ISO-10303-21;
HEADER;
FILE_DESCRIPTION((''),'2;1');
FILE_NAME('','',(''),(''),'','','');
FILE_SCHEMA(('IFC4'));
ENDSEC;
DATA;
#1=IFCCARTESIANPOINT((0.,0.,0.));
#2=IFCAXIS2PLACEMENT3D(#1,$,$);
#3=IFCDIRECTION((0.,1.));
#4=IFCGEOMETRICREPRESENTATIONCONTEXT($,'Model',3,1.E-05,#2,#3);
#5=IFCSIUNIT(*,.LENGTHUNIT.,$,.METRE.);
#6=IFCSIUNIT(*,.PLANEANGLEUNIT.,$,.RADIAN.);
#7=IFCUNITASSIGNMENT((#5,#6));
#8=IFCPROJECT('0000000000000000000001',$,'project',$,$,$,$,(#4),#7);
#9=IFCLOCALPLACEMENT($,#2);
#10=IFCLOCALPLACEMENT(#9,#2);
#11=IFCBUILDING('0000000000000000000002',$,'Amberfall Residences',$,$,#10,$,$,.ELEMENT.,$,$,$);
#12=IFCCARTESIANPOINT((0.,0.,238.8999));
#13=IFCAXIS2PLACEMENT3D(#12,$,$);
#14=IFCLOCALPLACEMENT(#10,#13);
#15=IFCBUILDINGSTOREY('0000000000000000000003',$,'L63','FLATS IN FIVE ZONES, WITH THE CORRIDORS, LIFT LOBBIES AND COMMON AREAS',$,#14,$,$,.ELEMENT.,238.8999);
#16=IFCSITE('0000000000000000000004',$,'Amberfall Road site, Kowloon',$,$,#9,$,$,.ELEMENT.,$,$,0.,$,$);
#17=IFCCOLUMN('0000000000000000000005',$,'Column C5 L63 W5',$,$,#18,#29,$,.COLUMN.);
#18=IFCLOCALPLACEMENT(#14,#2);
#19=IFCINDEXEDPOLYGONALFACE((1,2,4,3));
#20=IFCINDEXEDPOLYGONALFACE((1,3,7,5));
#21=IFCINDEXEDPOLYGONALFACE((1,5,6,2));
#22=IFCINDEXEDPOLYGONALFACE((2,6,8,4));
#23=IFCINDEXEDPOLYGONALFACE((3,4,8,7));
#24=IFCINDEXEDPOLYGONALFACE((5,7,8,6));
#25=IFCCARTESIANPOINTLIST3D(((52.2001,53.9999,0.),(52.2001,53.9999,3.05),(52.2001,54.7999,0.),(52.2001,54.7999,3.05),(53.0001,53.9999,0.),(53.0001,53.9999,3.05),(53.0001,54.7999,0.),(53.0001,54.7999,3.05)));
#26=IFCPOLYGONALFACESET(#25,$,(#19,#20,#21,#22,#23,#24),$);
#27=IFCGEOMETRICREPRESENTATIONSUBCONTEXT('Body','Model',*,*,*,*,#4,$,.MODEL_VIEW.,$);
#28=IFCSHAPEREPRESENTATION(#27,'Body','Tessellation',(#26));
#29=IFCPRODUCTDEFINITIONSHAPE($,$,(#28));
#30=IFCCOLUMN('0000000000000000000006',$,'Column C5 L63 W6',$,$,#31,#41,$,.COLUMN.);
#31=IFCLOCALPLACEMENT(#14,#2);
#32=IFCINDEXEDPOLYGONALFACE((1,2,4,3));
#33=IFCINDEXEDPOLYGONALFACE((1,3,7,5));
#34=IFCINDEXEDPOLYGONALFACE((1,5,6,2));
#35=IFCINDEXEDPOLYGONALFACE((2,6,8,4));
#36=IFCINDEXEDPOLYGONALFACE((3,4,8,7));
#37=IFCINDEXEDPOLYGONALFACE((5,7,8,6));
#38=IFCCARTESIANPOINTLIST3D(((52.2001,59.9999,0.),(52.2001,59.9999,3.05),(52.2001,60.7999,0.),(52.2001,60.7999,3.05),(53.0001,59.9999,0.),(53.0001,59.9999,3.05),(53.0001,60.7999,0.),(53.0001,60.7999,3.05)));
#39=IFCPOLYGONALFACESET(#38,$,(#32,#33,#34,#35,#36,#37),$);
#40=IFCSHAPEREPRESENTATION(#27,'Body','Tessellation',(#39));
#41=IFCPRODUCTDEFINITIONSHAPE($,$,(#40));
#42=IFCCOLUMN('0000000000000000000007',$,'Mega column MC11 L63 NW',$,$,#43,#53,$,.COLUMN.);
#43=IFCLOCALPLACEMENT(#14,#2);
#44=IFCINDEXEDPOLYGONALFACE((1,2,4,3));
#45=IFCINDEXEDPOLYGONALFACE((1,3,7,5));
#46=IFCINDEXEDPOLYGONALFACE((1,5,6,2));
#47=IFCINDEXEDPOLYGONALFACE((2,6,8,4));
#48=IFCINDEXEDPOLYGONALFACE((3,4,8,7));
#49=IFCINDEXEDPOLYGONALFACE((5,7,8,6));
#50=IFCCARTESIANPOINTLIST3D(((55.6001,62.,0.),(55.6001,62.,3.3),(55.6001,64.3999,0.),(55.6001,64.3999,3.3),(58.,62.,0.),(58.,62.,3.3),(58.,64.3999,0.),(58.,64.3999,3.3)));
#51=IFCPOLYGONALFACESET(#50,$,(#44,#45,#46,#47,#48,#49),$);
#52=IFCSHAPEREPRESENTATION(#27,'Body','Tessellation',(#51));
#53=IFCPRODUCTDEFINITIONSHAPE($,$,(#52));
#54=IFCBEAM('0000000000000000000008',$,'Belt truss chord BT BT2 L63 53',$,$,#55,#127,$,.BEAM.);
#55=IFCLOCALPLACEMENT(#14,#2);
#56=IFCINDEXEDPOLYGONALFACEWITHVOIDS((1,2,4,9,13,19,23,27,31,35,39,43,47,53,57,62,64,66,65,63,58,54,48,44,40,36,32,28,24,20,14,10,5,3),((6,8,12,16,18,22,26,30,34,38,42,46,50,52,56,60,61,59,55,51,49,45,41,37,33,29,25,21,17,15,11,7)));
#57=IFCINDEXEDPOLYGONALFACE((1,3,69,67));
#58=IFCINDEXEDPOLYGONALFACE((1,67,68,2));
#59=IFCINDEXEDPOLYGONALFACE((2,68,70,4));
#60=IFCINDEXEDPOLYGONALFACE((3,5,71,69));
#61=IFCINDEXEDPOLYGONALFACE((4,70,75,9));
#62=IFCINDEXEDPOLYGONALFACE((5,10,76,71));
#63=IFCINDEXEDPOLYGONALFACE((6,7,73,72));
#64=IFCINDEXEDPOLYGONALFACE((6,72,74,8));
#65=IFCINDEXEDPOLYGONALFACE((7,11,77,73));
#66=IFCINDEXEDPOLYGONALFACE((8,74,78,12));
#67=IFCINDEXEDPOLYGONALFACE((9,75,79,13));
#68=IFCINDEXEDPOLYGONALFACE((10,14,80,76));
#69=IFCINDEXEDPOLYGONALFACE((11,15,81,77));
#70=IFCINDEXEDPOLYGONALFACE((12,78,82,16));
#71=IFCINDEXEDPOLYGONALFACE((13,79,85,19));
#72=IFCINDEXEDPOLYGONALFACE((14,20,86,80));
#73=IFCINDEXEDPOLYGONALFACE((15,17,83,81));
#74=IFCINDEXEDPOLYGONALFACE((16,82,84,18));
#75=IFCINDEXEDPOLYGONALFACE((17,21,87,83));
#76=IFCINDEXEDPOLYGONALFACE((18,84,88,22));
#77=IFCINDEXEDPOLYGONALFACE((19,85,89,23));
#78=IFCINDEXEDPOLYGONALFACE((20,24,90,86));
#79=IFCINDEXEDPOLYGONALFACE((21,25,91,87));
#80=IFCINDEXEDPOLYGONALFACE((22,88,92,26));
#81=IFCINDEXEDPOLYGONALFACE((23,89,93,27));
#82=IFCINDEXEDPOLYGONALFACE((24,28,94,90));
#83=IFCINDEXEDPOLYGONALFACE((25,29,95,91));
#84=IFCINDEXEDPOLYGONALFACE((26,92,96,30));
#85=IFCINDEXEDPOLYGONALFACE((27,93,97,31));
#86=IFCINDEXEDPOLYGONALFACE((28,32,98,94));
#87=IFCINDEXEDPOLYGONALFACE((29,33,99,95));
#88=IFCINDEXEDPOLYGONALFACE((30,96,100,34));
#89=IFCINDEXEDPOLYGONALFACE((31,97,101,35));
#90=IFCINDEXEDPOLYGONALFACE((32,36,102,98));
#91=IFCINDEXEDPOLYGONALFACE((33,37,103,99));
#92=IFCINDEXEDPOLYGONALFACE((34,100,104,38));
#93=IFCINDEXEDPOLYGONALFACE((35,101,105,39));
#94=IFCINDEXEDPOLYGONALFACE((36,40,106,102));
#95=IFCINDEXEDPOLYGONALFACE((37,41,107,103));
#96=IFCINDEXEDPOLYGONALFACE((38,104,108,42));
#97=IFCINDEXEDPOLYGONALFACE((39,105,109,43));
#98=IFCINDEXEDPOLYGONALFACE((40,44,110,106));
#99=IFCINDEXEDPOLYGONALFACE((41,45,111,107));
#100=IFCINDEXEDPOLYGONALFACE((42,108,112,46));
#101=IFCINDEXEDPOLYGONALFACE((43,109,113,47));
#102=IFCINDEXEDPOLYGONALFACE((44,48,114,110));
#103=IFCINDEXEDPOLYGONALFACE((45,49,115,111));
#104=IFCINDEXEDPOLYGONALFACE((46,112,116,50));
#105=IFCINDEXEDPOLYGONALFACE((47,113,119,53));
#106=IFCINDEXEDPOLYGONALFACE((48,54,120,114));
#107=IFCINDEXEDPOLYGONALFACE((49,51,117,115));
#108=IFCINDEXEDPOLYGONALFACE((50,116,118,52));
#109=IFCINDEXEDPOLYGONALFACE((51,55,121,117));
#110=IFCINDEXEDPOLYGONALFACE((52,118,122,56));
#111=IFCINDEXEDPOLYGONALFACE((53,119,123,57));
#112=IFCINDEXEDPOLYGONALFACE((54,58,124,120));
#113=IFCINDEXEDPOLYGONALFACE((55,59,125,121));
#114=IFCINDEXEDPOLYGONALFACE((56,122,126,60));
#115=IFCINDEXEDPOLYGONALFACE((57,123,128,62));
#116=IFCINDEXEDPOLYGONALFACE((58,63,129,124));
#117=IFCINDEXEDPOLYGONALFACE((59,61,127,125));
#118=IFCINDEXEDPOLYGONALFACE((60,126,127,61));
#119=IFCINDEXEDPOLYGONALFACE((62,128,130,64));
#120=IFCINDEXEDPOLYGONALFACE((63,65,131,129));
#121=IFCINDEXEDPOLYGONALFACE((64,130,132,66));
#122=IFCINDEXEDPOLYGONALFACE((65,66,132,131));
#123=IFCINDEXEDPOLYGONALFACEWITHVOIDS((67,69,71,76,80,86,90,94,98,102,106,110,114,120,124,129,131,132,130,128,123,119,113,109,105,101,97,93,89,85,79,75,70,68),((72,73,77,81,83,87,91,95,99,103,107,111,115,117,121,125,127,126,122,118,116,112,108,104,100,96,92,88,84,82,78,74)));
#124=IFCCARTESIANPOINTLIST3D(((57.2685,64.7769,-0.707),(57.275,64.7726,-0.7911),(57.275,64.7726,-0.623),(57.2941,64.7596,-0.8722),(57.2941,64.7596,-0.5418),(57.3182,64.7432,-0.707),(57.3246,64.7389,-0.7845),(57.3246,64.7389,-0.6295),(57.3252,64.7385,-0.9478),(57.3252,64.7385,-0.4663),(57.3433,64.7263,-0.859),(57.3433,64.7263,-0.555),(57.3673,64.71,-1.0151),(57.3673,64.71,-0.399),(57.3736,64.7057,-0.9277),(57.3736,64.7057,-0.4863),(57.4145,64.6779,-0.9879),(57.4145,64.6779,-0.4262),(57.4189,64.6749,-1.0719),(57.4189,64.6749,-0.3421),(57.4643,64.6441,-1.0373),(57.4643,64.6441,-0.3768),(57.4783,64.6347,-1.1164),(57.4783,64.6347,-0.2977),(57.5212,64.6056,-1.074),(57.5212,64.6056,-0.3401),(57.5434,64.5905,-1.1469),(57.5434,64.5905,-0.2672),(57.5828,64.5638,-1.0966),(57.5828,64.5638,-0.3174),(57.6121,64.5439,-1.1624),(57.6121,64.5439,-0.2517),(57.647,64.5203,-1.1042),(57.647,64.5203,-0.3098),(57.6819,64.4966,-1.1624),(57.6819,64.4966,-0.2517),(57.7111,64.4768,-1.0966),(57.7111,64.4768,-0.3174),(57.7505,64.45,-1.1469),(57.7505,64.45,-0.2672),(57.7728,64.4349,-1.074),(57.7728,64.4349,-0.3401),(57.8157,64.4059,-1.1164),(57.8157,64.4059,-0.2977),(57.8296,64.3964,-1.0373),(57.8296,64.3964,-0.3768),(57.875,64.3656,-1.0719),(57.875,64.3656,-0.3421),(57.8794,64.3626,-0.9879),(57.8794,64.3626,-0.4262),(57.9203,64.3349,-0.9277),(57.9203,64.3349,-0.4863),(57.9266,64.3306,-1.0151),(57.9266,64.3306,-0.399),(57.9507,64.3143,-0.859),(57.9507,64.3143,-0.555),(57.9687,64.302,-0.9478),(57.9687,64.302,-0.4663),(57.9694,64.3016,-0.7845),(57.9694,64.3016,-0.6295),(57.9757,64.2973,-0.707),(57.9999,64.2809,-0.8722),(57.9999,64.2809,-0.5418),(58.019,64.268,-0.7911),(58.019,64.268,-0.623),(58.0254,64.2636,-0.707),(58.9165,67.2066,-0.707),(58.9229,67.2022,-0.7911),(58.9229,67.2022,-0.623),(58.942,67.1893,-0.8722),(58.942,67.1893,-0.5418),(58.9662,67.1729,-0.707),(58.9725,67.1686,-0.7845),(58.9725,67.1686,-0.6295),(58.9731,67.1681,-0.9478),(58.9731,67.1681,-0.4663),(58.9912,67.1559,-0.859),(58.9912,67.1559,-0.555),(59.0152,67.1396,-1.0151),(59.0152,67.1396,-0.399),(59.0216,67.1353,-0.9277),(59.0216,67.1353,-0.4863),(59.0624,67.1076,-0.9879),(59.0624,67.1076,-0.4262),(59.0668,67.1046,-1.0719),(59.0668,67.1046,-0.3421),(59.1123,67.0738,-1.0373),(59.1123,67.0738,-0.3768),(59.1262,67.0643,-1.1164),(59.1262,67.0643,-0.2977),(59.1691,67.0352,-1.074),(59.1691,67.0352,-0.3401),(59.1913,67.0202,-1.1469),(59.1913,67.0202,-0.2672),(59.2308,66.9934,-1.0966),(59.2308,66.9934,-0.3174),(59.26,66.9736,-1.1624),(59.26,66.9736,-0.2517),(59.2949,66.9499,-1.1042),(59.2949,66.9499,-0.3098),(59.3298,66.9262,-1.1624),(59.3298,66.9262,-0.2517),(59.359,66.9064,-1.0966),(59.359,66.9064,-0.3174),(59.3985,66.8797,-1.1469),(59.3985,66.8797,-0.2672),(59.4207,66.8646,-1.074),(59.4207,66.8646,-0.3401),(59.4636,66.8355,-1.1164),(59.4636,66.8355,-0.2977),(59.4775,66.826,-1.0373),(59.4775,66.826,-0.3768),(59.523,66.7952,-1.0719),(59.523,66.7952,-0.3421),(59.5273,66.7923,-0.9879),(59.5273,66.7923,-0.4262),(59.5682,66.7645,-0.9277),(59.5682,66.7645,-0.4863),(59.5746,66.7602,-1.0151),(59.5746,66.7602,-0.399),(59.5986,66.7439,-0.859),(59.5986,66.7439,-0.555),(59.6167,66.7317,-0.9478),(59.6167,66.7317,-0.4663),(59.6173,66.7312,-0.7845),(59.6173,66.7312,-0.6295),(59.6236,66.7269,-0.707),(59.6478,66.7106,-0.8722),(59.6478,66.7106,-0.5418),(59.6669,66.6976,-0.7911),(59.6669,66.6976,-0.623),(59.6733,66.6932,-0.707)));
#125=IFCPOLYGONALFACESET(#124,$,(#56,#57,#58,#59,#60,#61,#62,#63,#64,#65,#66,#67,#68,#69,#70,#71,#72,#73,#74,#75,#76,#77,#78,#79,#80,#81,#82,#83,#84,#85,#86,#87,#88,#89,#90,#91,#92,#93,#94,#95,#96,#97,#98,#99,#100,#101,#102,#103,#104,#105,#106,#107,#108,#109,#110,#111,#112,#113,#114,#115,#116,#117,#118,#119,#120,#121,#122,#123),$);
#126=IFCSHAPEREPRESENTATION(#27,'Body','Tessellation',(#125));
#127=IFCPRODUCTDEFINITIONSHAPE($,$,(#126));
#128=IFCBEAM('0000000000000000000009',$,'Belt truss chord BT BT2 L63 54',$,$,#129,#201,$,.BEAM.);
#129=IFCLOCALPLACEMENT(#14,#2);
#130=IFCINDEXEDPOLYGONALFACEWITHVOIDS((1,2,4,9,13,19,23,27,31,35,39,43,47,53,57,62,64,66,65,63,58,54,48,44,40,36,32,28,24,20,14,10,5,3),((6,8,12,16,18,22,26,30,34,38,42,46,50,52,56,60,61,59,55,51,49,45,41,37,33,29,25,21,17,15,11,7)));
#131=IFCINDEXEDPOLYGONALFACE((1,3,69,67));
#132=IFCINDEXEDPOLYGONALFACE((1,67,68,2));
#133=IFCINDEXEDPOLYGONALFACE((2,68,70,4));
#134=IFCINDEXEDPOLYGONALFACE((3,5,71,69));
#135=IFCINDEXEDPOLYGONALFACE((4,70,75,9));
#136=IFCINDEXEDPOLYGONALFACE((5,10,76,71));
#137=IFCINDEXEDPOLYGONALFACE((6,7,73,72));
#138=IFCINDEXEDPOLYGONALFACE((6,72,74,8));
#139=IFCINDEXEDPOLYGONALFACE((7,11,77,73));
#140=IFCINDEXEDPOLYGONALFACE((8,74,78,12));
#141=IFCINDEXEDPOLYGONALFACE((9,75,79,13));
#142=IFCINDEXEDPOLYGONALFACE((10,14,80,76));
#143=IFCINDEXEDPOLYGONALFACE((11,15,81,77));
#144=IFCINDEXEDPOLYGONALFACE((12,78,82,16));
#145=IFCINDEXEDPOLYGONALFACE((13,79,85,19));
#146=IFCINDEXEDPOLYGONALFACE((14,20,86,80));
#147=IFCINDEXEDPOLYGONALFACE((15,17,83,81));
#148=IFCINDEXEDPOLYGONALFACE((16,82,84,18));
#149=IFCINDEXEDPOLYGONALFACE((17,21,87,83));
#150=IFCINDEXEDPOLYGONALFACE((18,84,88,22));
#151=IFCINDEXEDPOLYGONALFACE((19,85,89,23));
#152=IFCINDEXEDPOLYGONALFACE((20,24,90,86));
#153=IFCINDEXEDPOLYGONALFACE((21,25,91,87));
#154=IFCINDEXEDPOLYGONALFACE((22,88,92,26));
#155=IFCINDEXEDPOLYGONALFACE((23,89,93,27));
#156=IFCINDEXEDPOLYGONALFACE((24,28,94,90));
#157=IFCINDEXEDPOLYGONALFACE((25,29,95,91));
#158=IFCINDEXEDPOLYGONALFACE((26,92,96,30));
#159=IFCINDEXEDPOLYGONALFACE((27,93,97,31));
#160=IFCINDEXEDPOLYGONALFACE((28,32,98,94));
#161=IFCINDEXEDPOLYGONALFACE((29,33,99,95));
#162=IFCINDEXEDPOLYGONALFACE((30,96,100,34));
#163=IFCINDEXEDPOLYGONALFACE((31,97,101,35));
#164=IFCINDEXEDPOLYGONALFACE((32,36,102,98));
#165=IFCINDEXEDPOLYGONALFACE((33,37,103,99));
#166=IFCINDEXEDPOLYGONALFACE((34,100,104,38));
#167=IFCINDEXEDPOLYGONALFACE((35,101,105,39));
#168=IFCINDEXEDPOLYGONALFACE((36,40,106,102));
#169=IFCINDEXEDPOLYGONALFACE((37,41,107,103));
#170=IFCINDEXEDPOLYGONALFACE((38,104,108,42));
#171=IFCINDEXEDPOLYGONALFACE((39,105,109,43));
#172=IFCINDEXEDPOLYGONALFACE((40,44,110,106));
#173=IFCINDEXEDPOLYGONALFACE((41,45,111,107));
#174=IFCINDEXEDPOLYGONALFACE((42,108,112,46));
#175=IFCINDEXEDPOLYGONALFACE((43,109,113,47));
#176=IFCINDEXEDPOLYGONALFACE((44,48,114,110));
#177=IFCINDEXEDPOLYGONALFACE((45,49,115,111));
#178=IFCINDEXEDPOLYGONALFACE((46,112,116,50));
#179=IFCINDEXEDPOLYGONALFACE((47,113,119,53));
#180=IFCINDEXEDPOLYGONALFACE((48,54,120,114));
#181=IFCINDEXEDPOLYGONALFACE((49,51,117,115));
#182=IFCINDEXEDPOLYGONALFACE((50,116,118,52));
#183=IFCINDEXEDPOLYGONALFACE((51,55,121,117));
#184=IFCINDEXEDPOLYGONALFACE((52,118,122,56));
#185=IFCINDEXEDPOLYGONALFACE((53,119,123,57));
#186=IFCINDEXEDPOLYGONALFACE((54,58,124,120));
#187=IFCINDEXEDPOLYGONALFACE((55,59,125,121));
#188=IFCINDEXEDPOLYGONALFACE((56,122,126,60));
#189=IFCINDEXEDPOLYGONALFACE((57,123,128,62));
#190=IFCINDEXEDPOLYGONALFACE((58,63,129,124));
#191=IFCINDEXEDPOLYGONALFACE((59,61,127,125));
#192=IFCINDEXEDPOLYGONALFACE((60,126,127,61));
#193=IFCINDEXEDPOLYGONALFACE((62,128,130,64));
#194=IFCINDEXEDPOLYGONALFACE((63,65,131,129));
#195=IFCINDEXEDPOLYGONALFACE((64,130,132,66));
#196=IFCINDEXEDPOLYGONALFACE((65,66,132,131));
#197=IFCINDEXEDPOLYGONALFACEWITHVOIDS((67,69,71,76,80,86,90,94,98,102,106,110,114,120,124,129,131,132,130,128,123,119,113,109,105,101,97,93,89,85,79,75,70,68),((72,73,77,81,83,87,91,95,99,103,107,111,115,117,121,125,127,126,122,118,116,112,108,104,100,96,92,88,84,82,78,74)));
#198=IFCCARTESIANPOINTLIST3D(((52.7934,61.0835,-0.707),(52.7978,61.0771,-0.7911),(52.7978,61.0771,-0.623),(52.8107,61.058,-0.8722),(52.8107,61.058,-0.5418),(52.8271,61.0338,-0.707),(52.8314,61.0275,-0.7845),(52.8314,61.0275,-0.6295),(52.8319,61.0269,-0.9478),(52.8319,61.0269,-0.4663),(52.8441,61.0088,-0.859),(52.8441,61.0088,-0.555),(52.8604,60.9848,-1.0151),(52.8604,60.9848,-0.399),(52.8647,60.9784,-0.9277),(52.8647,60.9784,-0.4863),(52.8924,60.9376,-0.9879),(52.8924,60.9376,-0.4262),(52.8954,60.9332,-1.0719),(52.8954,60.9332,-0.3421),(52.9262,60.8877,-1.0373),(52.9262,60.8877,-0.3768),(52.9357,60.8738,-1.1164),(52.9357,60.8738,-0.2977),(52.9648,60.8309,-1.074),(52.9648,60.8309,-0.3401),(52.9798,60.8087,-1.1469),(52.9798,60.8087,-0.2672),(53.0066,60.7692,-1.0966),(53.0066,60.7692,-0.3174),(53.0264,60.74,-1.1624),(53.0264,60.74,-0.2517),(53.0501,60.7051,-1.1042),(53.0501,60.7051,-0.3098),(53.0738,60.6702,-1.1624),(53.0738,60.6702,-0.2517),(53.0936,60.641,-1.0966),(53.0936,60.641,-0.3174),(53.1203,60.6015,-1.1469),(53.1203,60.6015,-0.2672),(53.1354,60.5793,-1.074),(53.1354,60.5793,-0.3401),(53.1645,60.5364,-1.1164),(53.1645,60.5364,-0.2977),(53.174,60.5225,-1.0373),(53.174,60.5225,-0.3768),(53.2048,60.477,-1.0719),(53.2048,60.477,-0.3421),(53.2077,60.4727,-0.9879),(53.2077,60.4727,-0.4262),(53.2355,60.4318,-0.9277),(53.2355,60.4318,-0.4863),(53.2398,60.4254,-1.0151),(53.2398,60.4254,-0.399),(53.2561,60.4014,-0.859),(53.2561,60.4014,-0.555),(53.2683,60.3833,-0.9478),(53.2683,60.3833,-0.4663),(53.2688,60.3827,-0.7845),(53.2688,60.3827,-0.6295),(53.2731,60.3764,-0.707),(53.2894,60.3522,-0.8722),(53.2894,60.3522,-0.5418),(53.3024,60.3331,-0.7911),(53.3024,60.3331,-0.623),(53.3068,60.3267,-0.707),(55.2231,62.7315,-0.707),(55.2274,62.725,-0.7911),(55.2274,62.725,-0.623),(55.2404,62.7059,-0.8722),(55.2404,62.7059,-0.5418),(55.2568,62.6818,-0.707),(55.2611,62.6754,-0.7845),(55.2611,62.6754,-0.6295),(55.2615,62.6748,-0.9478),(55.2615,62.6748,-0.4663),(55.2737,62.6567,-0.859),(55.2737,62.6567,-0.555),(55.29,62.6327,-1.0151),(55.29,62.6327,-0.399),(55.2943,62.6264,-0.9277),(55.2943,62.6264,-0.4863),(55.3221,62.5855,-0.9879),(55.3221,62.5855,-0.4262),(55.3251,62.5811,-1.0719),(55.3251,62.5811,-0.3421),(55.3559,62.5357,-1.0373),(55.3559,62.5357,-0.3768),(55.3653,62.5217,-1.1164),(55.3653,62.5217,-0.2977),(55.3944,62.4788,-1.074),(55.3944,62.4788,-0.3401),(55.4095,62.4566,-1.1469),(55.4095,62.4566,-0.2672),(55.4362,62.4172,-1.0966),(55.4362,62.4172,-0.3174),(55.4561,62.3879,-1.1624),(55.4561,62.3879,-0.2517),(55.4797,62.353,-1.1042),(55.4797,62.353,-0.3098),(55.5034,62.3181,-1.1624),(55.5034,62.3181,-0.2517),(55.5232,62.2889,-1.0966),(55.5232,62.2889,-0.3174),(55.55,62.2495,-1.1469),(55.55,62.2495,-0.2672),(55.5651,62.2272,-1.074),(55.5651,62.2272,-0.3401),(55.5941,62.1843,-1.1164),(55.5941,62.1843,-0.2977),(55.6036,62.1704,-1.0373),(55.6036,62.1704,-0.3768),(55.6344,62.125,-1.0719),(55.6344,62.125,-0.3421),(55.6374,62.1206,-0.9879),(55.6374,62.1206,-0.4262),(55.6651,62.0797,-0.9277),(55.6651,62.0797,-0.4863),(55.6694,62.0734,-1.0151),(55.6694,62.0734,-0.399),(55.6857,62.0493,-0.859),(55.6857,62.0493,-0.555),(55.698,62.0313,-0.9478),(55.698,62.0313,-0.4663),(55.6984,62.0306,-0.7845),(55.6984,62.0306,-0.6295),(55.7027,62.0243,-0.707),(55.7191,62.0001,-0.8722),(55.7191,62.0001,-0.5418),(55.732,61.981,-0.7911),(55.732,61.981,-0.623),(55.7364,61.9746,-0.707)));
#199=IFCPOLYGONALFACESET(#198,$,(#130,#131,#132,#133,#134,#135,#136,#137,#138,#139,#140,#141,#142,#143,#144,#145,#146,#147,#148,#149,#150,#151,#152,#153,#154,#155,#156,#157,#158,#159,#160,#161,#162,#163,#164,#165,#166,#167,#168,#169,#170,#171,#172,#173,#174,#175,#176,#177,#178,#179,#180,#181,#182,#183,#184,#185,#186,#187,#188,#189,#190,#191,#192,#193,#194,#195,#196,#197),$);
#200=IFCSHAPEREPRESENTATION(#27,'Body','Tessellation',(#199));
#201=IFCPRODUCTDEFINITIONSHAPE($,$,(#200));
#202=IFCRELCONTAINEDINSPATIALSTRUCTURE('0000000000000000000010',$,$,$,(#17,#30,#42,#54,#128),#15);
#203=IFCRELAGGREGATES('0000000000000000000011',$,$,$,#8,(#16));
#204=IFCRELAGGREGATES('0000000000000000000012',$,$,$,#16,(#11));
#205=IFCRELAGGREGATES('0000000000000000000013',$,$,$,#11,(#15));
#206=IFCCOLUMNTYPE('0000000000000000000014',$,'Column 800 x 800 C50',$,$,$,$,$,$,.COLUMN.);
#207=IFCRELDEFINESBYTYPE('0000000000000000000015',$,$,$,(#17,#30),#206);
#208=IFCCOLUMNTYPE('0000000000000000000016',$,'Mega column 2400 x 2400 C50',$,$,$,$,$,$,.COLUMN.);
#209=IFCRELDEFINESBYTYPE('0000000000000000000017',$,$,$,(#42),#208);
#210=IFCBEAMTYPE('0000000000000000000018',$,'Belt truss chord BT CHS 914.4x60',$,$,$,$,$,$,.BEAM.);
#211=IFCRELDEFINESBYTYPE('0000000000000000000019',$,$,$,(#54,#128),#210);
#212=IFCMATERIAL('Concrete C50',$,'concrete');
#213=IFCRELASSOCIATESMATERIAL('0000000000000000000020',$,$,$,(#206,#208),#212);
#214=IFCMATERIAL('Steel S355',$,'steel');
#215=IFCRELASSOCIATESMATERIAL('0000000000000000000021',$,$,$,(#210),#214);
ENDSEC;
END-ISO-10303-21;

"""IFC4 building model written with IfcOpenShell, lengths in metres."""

from ifc_helpers import new_model, si_unit, direction, frame, origin, origin_2d, place, context, subcontext, project, spatial, rectangle, hollow_circle, extrude, material, material_profile, profile_set, type_object, element, save


model = new_model("IFC4")

# Units and contexts
model_context = context("Model", 3, precision=1e-05, world=origin(), true_north=direction((0.0, 1.0)))
body_context = subcontext(model_context, "Body", "Model", "MODEL_VIEW")
ifc_project = project(units=[si_unit("LENGTHUNIT", "METRE"), si_unit("PLANEANGLEUNIT", "RADIAN")], contexts=[model_context])

# Site, building, storey
site_placement = place(None, origin())
site = spatial("IfcSite", under=ifc_project, at=site_placement, Name="Amberfall Road site, Kowloon", CompositionType="ELEMENT", RefElevation=0.0)
building_placement = place(site_placement, origin())
building = spatial("IfcBuilding", under=site, at=building_placement, Name="Amberfall Residences", CompositionType="ELEMENT")
storey_placement = place(building_placement, frame((0.0, 0.0, 238.8999)))
storey = spatial("IfcBuildingStorey", under=building, at=storey_placement, Name="L63", Description="FLATS IN FIVE ZONES, WITH THE CORRIDORS, LIFT LOBBIES AND COMMON AREAS", CompositionType="ELEMENT", Elevation=238.8999)

# Columns
ifc_material_1 = material(Name="Concrete C50", Category="concrete")
ifc_material_profile_1 = material_profile(ifc_material_1, rectangle(XDim=0.8, YDim=0.8, at=origin_2d()), Name="Column 800 x 800 C50")
ifc_profile_set_1 = profile_set([ifc_material_profile_1], Name="Concrete C50")
column_type_1 = type_object("IfcColumnType", Name="Column 800 x 800 C50", PredefinedType="COLUMN", material=ifc_profile_set_1)
for number, where, z_axis, x_axis, name in (
    (1, (52.6001, 54.3999, 0.0), (0.0, 0.0, 1.0), (1.0, 0.0, 0.0), "Column C5 L63 W5"),
    (2, (52.6001, 60.3999, 0.0), (0.0, 0.0, 1.0), (1.0, 0.0, 0.0), "Column C5 L63 W6"),
):
    element("IfcColumn", number, at=place(storey_placement, frame(where, z_axis=z_axis, x_axis=x_axis)), inside=storey, type_object=column_type_1, Name=name, PredefinedType="COLUMN", context=body_context, shape_type="SweptSolid", body=[
        extrude(rectangle(XDim=0.8, YDim=0.8, at=origin_2d()), origin(), (0.0, 0.0, 1.0), 3.05),
    ])
ifc_material_profile_2 = material_profile(ifc_material_1, rectangle(XDim=2.3999, YDim=2.3999, at=origin_2d()), Name="Mega column 2400 x 2400 C50")
ifc_profile_set_2 = profile_set([ifc_material_profile_2], Name="Concrete C50")
column_type_2 = type_object("IfcColumnType", Name="Mega column 2400 x 2400 C50", PredefinedType="COLUMN", material=ifc_profile_set_2)
column_placement = place(storey_placement, frame((56.8, 63.2, 0.0), z_axis=(0.0, 0.0, 1.0), x_axis=(1.0, 0.0, 0.0)))
element("IfcColumn", 3, at=column_placement, inside=storey, type_object=column_type_2, Name="Mega column MC11 L63 NW", PredefinedType="COLUMN", context=body_context, shape_type="SweptSolid", body=[
    extrude(rectangle(XDim=2.3999, YDim=2.3999, at=origin_2d()), origin(), (0.0, 0.0, 1.0), 3.3),
])

# Beams
ifc_material_2 = material(Name="Steel S355", Category="steel")
ifc_material_profile_3 = material_profile(ifc_material_2, hollow_circle(Radius=0.4573, WallThickness=0.0601, at=origin_2d()), Name="CHS 914.4x60")
ifc_profile_set_3 = profile_set([ifc_material_profile_3], Name="Steel S355")
beam_type_1 = type_object("IfcBeamType", Name="Belt truss chord BT CHS 914.4x60", PredefinedType="BEAM", material=ifc_profile_set_3)
for number, where, z_axis, x_axis, name in (
    (4, (57.647, 64.5203, -0.707), (0.561322, 0.827597, 0.0), (-0.827597, 0.561322, 0.0), "Belt truss chord BT BT2 L63 53"),
    (5, (55.4797, 62.353, -0.707), (-0.827597, -0.561322, 0.0), (0.561322, -0.827597, 0.0), "Belt truss chord BT BT2 L63 54"),
):
    element("IfcBeam", number, at=place(storey_placement, frame(where, z_axis=z_axis, x_axis=x_axis)), inside=storey, type_object=beam_type_1, Name=name, PredefinedType="BEAM", context=body_context, shape_type="SweptSolid", body=[
        extrude(hollow_circle(Radius=0.4573, WallThickness=0.0601, at=origin_2d()), origin(), (0.0, 0.0, 1.0), 2.9358),
    ])

save(model, "model.ifc")
